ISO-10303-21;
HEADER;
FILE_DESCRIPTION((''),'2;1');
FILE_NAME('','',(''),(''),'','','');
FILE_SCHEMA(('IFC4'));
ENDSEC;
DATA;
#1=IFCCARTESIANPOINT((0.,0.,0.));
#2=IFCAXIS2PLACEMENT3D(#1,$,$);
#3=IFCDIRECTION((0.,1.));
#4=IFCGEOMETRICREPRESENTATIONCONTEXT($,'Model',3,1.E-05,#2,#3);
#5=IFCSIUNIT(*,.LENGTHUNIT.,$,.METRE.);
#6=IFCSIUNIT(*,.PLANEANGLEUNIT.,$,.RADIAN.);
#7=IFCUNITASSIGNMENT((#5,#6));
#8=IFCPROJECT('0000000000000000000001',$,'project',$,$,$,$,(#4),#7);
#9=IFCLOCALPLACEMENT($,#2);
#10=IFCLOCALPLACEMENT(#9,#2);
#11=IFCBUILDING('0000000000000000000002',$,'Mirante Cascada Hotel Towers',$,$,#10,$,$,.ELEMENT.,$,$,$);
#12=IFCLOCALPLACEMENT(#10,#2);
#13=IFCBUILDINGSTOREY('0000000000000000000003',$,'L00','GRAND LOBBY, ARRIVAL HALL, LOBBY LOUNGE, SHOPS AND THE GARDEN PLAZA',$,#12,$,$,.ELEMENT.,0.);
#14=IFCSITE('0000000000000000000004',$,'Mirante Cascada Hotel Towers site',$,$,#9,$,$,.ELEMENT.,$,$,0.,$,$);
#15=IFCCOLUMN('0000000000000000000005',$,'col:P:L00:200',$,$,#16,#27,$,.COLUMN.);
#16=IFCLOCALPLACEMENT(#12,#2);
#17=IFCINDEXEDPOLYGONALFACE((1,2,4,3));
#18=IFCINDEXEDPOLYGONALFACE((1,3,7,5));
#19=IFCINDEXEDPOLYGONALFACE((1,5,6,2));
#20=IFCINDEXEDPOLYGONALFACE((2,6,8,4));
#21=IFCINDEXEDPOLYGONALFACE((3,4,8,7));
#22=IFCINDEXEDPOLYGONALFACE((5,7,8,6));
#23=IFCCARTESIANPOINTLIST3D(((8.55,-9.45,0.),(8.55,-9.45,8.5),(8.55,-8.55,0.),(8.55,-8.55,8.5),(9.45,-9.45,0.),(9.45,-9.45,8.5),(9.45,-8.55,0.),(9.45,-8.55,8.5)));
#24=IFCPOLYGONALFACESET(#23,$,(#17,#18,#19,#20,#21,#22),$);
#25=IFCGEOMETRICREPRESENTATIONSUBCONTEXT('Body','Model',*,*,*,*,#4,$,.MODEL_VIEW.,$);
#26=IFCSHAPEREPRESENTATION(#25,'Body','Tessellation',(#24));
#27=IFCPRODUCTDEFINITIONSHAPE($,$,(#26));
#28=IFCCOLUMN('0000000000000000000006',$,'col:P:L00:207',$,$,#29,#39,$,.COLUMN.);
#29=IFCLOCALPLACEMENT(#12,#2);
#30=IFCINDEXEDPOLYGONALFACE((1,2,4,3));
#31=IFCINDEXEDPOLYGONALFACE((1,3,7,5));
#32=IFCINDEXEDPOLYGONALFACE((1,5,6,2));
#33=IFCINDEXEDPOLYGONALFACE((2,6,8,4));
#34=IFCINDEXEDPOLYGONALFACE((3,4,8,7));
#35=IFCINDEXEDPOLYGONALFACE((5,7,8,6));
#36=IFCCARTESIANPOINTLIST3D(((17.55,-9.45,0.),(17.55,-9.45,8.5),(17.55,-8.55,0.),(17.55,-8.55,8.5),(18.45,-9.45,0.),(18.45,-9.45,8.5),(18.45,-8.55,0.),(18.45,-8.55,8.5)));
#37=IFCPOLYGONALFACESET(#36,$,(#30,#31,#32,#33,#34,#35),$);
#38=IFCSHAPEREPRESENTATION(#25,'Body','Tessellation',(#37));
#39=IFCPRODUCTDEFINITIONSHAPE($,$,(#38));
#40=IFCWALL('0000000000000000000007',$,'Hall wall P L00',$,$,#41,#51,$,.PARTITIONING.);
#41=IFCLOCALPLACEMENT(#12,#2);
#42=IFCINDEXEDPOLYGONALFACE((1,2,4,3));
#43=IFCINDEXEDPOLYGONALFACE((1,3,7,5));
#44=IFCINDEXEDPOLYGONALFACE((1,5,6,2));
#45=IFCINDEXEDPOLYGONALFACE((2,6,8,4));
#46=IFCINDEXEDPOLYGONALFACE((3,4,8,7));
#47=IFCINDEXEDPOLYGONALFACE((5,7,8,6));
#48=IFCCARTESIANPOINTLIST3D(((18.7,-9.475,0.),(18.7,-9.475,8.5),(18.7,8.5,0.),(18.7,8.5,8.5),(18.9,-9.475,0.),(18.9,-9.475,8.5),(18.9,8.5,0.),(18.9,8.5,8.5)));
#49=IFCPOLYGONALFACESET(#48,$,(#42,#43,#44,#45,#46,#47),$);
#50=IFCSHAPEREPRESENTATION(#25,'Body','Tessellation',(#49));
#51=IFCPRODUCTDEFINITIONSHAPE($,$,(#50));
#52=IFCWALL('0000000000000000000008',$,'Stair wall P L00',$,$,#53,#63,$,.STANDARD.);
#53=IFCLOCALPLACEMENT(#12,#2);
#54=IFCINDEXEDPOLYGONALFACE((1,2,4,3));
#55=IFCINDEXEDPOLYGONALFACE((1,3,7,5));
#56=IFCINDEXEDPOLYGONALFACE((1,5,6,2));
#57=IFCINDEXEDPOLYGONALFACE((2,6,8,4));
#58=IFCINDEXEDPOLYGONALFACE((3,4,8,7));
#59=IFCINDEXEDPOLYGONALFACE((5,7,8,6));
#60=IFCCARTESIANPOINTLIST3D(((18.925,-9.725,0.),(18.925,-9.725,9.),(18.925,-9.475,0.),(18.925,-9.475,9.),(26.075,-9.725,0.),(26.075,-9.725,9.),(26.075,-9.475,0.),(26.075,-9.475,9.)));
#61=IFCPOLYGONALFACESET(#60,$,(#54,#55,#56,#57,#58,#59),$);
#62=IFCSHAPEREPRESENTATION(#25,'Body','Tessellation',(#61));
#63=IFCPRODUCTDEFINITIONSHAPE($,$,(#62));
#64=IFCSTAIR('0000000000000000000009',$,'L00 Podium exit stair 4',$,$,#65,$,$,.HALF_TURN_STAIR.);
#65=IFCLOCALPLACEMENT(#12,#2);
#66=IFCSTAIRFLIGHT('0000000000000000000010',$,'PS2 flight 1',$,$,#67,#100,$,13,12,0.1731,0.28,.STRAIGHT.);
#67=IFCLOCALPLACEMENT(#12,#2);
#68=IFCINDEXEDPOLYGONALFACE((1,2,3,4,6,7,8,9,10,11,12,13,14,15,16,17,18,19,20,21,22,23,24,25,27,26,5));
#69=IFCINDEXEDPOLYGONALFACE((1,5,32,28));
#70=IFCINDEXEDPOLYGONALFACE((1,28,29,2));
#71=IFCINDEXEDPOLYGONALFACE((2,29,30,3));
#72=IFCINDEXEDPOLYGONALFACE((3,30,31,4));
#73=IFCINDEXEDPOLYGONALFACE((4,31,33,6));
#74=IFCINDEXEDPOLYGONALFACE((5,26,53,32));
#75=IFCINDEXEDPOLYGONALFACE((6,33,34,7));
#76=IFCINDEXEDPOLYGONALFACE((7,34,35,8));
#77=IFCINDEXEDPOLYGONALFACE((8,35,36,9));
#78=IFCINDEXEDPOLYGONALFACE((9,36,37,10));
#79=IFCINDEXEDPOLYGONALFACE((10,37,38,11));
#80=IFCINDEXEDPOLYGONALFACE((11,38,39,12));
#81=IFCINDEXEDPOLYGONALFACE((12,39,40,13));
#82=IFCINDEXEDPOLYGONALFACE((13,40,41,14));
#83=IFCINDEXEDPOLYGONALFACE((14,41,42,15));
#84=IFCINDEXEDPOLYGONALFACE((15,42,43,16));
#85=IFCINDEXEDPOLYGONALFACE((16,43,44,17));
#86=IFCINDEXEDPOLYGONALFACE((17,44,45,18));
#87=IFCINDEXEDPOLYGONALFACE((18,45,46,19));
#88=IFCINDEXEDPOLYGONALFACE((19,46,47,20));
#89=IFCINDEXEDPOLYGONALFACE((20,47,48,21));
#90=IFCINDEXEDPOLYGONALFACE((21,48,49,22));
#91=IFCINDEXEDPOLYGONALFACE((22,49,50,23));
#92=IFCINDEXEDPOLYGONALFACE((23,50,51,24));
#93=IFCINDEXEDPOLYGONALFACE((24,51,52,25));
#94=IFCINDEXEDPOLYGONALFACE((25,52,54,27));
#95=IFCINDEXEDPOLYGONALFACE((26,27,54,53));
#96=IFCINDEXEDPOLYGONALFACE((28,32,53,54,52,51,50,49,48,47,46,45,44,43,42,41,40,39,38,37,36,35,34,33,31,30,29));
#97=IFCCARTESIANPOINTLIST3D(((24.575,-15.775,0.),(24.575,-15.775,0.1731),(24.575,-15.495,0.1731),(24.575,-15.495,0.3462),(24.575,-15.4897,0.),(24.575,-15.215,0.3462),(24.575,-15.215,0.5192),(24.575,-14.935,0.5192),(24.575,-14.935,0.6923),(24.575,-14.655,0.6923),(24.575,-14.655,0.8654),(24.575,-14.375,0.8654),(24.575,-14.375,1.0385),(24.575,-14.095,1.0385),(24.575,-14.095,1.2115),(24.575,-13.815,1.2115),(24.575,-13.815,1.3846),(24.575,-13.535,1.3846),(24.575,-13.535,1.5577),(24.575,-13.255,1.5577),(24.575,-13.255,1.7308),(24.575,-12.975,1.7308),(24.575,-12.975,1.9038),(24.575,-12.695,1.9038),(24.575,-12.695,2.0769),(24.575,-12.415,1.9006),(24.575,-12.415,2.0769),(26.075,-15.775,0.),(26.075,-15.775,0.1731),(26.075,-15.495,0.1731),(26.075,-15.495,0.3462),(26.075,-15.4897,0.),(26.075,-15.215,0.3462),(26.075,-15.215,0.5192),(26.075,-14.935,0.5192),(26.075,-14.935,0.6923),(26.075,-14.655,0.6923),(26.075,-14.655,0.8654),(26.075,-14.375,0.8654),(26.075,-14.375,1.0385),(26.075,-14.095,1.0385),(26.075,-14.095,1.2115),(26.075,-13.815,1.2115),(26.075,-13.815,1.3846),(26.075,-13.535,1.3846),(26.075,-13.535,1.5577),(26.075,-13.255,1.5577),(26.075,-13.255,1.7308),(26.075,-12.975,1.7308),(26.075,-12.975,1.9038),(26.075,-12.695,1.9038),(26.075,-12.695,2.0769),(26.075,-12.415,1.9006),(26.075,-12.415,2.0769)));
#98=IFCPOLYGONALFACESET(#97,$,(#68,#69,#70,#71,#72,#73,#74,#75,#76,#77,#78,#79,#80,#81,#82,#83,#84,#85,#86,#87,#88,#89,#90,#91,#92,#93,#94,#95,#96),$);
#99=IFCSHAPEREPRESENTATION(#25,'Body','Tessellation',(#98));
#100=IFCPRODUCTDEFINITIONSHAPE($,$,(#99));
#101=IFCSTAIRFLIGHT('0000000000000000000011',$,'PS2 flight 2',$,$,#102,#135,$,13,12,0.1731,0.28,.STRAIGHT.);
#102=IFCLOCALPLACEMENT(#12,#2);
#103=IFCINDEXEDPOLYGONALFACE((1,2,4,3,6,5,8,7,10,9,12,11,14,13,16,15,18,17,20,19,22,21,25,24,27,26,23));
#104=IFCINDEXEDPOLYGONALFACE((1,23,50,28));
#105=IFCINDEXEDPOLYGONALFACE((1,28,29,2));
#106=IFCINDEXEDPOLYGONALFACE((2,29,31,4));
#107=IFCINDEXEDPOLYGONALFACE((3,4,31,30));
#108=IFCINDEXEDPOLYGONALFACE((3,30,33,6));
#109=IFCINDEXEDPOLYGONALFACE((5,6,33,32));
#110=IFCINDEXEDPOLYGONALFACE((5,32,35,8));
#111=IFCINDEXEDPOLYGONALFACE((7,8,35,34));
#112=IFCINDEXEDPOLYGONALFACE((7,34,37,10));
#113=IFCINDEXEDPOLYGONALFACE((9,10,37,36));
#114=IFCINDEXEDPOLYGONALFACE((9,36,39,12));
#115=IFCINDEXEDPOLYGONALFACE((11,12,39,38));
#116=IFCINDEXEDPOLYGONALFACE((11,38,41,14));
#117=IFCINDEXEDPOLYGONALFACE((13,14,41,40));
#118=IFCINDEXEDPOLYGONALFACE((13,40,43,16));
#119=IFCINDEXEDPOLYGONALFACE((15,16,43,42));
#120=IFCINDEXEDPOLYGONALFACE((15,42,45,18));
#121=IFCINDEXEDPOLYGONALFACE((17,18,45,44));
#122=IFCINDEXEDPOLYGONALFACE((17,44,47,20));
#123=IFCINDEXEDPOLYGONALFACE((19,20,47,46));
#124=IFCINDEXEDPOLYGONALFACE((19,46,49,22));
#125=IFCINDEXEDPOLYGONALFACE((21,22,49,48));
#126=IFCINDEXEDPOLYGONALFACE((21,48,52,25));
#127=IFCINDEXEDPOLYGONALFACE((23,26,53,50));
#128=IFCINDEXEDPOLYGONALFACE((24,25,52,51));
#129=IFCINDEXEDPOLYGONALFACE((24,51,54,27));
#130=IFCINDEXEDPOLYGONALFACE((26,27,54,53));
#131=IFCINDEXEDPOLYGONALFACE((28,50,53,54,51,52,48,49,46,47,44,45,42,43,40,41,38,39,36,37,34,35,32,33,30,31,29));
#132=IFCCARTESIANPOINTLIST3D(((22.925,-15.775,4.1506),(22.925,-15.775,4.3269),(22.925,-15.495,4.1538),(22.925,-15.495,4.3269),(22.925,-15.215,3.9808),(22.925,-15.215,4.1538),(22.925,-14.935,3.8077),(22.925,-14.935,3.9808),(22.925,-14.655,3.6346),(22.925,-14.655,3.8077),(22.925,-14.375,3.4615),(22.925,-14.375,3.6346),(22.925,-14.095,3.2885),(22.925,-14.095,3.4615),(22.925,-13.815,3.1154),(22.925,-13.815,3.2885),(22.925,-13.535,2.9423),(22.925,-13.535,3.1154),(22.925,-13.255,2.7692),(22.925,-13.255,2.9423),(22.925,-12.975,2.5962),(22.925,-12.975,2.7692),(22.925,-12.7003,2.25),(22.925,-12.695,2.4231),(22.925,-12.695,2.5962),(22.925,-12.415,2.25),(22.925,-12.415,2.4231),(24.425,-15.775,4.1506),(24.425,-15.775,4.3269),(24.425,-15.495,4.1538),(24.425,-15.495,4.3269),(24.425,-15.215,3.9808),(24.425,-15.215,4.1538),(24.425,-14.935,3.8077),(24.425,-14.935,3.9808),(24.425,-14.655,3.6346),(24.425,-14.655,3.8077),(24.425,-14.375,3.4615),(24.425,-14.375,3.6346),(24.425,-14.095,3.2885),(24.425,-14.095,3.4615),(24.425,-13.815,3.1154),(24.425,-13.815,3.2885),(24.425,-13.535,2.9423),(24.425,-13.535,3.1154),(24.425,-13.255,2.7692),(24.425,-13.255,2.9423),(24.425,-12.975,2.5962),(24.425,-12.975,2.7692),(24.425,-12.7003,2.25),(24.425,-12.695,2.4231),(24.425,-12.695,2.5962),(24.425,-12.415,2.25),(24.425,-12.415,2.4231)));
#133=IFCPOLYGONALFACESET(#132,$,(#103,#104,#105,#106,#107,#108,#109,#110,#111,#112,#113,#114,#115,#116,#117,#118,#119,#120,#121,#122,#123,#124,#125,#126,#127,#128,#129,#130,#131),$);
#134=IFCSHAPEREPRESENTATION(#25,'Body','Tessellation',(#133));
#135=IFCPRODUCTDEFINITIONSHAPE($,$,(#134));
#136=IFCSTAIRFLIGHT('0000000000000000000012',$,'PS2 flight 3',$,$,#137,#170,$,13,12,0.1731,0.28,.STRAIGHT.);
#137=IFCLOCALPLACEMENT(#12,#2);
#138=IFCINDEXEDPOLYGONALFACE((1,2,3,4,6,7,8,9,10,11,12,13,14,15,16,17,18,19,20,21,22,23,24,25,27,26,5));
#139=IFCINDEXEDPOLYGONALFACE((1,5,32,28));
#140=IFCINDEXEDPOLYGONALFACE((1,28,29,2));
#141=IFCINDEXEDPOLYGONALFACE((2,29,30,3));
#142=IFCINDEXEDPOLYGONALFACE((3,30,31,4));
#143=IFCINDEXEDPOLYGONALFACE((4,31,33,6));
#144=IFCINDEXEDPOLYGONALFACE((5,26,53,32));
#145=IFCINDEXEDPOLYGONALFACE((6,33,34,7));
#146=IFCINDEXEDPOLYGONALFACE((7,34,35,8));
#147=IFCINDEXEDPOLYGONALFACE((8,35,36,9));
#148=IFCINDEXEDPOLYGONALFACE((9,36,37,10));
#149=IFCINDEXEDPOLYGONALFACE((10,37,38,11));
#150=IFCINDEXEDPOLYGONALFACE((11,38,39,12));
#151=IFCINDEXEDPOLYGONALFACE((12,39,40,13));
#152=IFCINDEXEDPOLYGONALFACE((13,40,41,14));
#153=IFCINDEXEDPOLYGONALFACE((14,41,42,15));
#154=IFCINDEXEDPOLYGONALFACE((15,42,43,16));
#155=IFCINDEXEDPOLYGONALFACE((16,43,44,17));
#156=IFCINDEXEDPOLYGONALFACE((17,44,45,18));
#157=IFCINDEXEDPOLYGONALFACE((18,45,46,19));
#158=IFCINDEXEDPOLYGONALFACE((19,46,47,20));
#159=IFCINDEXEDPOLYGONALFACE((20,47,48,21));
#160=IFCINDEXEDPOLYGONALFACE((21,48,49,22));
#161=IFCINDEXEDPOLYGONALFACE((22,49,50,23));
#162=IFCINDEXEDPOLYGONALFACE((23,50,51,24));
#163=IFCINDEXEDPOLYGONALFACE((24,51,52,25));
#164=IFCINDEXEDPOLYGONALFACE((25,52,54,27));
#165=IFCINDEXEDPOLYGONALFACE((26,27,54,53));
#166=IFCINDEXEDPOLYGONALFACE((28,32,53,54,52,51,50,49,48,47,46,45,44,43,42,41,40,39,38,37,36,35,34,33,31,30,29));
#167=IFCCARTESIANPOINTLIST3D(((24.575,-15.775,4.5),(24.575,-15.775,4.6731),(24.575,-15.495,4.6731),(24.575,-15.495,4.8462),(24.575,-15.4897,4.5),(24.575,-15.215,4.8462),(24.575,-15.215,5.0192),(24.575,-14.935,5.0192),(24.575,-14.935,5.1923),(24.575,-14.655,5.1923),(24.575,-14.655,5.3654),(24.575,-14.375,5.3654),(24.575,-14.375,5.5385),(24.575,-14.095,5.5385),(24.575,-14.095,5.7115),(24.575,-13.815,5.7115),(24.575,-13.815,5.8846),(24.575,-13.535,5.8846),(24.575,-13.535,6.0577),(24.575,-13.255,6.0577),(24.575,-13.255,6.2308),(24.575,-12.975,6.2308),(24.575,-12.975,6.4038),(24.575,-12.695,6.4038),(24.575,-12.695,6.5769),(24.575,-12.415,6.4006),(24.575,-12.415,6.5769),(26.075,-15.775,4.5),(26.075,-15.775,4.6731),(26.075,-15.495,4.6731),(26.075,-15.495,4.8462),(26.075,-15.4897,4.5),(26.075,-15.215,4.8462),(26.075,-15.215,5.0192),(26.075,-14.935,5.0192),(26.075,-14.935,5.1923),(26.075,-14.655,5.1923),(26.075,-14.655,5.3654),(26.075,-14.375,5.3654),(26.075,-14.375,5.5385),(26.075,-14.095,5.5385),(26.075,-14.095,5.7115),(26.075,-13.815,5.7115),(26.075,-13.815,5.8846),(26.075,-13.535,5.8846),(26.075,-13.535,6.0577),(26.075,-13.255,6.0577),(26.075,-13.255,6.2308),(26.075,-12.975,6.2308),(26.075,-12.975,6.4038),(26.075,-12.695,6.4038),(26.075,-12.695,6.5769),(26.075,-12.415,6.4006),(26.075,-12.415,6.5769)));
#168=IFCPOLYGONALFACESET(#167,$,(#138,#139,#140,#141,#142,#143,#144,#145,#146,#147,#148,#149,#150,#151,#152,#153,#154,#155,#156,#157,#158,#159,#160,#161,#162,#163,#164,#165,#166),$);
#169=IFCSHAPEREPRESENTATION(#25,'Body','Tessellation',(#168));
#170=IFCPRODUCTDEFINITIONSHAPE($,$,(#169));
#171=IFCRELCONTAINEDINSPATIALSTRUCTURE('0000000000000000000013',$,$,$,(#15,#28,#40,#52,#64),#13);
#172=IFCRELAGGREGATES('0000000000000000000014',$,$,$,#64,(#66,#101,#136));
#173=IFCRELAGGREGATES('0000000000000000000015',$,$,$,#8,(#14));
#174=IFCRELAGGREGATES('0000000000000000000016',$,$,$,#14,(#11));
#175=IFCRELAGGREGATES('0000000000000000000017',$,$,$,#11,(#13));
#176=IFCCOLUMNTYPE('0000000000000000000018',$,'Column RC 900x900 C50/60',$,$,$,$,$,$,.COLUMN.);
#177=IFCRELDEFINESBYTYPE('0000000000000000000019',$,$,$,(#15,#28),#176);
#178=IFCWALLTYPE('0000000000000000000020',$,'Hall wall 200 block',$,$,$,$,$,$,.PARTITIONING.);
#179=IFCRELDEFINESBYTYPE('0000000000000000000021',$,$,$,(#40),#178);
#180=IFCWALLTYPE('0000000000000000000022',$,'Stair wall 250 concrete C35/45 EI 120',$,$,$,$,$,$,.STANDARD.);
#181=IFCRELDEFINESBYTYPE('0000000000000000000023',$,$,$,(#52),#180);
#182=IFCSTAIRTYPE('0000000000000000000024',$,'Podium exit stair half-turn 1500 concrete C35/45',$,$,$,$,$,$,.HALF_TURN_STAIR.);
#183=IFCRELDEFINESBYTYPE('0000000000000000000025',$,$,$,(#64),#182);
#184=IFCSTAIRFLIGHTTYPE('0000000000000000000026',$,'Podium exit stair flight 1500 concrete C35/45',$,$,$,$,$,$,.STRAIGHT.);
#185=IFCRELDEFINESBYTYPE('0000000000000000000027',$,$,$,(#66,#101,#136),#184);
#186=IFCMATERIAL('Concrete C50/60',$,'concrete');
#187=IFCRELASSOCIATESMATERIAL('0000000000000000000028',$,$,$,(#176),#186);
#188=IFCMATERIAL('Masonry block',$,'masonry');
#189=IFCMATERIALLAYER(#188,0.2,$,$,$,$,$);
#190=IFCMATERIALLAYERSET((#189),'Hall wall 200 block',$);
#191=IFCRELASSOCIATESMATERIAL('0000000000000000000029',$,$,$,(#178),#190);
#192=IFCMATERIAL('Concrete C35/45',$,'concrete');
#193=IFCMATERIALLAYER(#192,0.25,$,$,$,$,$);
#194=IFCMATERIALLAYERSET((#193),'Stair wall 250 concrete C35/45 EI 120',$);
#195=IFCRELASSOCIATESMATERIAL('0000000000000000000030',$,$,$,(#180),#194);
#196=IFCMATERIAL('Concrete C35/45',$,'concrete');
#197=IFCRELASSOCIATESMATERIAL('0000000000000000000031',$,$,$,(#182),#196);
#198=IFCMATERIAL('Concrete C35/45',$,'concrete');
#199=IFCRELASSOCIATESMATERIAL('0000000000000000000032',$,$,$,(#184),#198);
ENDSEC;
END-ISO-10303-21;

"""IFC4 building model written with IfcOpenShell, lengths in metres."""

from ifc_helpers import new_model, si_unit, direction, frame, frame_2d, origin, origin_2d, place, context, subcontext, project, spatial, polyline, rectangle, outline, extrude, material, layer, layer_set, material_profile, profile_set, type_object, element, aggregate, save


model = new_model("IFC4")

# Units and contexts
model_context = context("Model", 3, precision=1e-05, world=origin(), true_north=direction((0.0, 1.0)))
body_context = subcontext(model_context, "Body", "Model", "MODEL_VIEW")
ifc_project = project(units=[si_unit("LENGTHUNIT", "METRE"), si_unit("PLANEANGLEUNIT", "RADIAN")], contexts=[model_context])

# Site, building, storey
site_placement = place(None, origin())
site = spatial("IfcSite", under=ifc_project, at=site_placement, Name="Mirante Cascada Hotel Towers site", CompositionType="ELEMENT", RefElevation=0.0)
building_placement = place(site_placement, origin())
building = spatial("IfcBuilding", under=site, at=building_placement, Name="Mirante Cascada Hotel Towers", CompositionType="ELEMENT")
storey_placement = place(building_placement, origin())
storey = spatial("IfcBuildingStorey", under=building, at=storey_placement, Name="L00", Description="GRAND LOBBY, ARRIVAL HALL, LOBBY LOUNGE, SHOPS AND THE GARDEN PLAZA", CompositionType="ELEMENT", Elevation=0.0)

# Columns
ifc_material_1 = material(Name="Concrete C50/60", Category="concrete")
ifc_material_profile = material_profile(ifc_material_1, rectangle(XDim=0.9, YDim=0.9, at=origin_2d()), Name="RC 900x900")
ifc_profile_set = profile_set([ifc_material_profile], Name="Concrete C50/60")
column_type = type_object("IfcColumnType", Name="Column RC 900x900 C50/60", PredefinedType="COLUMN", material=ifc_profile_set)
for number, where, z_axis, x_axis, name in (
    (1, (9.0, -9.0, 0.0), (0.0, 0.0, 1.0), (1.0, 0.0, 0.0), "col:P:L00:200"),
    (2, (18.0, -9.0, 0.0), (0.0, 0.0, 1.0), (1.0, 0.0, 0.0), "col:P:L00:207"),
):
    element("IfcColumn", number, at=place(storey_placement, frame(where, z_axis=z_axis, x_axis=x_axis)), inside=storey, type_object=column_type, Name=name, PredefinedType="COLUMN", context=body_context, shape_type="SweptSolid", body=[
        extrude(rectangle(XDim=0.9, YDim=0.9, at=origin_2d()), origin(), (0.0, 0.0, 1.0), 8.5),
    ])

# Walls
ifc_material_2 = material(Name="Masonry block", Category="masonry")
ifc_layer_1 = layer(ifc_material_2, 0.2)
ifc_layer_set_1 = layer_set([ifc_layer_1], Name="Hall wall 200 block")
wall_type_1 = type_object("IfcWallType", Name="Hall wall 200 block", PredefinedType="PARTITIONING", material=ifc_layer_set_1)
wall_1_placement = place(storey_placement, frame((18.8, -9.475, 0.0), z_axis=(0.0, 0.0, 1.0), x_axis=(0.0, 1.0, 0.0)))
element("IfcWall", 3, at=wall_1_placement, inside=storey, type_object=wall_type_1, Name="Hall wall P L00", PredefinedType="PARTITIONING", context=body_context, shape_type="SweptSolid", body=[
    extrude(rectangle(XDim=17.975, YDim=0.2, at=frame_2d((8.9875, 0.0))), origin(), (0.0, 0.0, 1.0), 8.5),
])
ifc_material_3 = material(Name="Concrete C35/45", Category="concrete")
ifc_layer_2 = layer(ifc_material_3, 0.25)
ifc_layer_set_2 = layer_set([ifc_layer_2], Name="Stair wall 250 concrete C35/45 EI 120")
wall_type_2 = type_object("IfcWallType", Name="Stair wall 250 concrete C35/45 EI 120", PredefinedType="STANDARD", material=ifc_layer_set_2)
wall_2_placement = place(storey_placement, frame((18.925, -9.6, 0.0), z_axis=(0.0, 0.0, 1.0), x_axis=(1.0, 0.0, 0.0)))
element("IfcWall", 4, at=wall_2_placement, inside=storey, type_object=wall_type_2, Name="Stair wall P L00", PredefinedType="STANDARD", context=body_context, shape_type="SweptSolid", body=[
    extrude(rectangle(XDim=7.15, YDim=0.25, at=frame_2d((3.575, 0.0))), origin(), (0.0, 0.0, 1.0), 9.0),
])

# Stair, stair flights
ifc_material_4 = material(Name="Concrete C35/45", Category="concrete")
stair_type = type_object("IfcStairType", Name="Podium exit stair half-turn 1500 concrete C35/45", PredefinedType="HALF_TURN_STAIR", material=ifc_material_4)
stair_1_placement = place(storey_placement, origin())
stair_1 = element("IfcStair", 5, at=stair_1_placement, inside=storey, type_object=stair_type, Name="L00 Podium exit stair 4", PredefinedType="HALF_TURN_STAIR")
ifc_material_5 = material(Name="Concrete C35/45", Category="concrete")
stair_flight_type = type_object("IfcStairFlightType", Name="Podium exit stair flight 1500 concrete C35/45", PredefinedType="STRAIGHT", material=ifc_material_5)
stair_flight_1_placement = place(storey_placement, frame((25.325, -15.775, 0.0), z_axis=(0.0, 0.0, 1.0), x_axis=(0.0, 1.0, 0.0)))
stair_flight_1 = element("IfcStairFlight", 6, at=stair_flight_1_placement, type_object=stair_flight_type, Name="PS2 flight 1", NumberOfRisers=13, NumberOfTreads=12, PredefinedType="STRAIGHT", RiserHeight=0.1731, TreadLength=0.28, context=body_context, shape_type="SweptSolid", body=[
    extrude(outline(polyline([(0.0, 0.0), (0.0, 0.1731), (0.28, 0.1731), (0.28, 0.3462), (0.56, 0.3462), (0.56, 0.5192), (0.84, 0.5192), (0.84, 0.6923), (1.12, 0.6923), (1.12, 0.8654), (1.4, 0.8654), (1.4, 1.0385), (1.68, 1.0385), (1.68, 1.2115), (1.96, 1.2115), (1.96, 1.3846), (2.24, 1.3846), (2.24, 1.5577), (2.52, 1.5577), (2.52, 1.7308), (2.8, 1.7308), (2.8, 1.9038), (3.08, 1.9038), (3.08, 2.0769), (3.36, 2.0769), (3.36, 2.25), (3.36, 1.9006), (0.2853, 0.0), (0.0, 0.0)])), frame((0.0, 0.75, 0.0), z_axis=(0.0, -1.0, 0.0), x_axis=(1.0, 0.0, 0.0)), (0.0, 0.0, 1.0), 1.5),
])
stair_flight_2_placement = place(storey_placement, frame((23.675, -12.415, 2.25), z_axis=(0.0, 0.0, 1.0), x_axis=(0.0, -1.0, 0.0)))
stair_flight_2 = element("IfcStairFlight", 7, at=stair_flight_2_placement, type_object=stair_flight_type, Name="PS2 flight 2", NumberOfRisers=13, NumberOfTreads=12, PredefinedType="STRAIGHT", RiserHeight=0.1731, TreadLength=0.28, context=body_context, shape_type="SweptSolid", body=[
    extrude(outline(polyline([(0.0, 0.0), (0.0, 0.1731), (0.28, 0.1731), (0.28, 0.3462), (0.56, 0.3462), (0.56, 0.5192), (0.84, 0.5192), (0.84, 0.6923), (1.12, 0.6923), (1.12, 0.8654), (1.4, 0.8654), (1.4, 1.0385), (1.68, 1.0385), (1.68, 1.2115), (1.96, 1.2115), (1.96, 1.3846), (2.24, 1.3846), (2.24, 1.5577), (2.52, 1.5577), (2.52, 1.7308), (2.8, 1.7308), (2.8, 1.9038), (3.08, 1.9038), (3.08, 2.0769), (3.36, 2.0769), (3.36, 2.25), (3.36, 1.9006), (0.2853, 0.0), (0.0, 0.0)])), frame((0.0, 0.75, 0.0), z_axis=(0.0, -1.0, 0.0), x_axis=(1.0, 0.0, 0.0)), (0.0, 0.0, 1.0), 1.5),
])
stair_flight_3_placement = place(storey_placement, frame((25.325, -15.775, 4.5), z_axis=(0.0, 0.0, 1.0), x_axis=(0.0, 1.0, 0.0)))
stair_flight_3 = element("IfcStairFlight", 8, at=stair_flight_3_placement, type_object=stair_flight_type, Name="PS2 flight 3", NumberOfRisers=13, NumberOfTreads=12, PredefinedType="STRAIGHT", RiserHeight=0.1731, TreadLength=0.28, context=body_context, shape_type="SweptSolid", body=[
    extrude(outline(polyline([(0.0, 0.0), (0.0, 0.1731), (0.28, 0.1731), (0.28, 0.3462), (0.56, 0.3462), (0.56, 0.5192), (0.84, 0.5192), (0.84, 0.6923), (1.12, 0.6923), (1.12, 0.8654), (1.4, 0.8654), (1.4, 1.0385), (1.68, 1.0385), (1.68, 1.2115), (1.96, 1.2115), (1.96, 1.3846), (2.24, 1.3846), (2.24, 1.5577), (2.52, 1.5577), (2.52, 1.7308), (2.8, 1.7308), (2.8, 1.9038), (3.08, 1.9038), (3.08, 2.0769), (3.36, 2.0769), (3.36, 2.25), (3.36, 1.9006), (0.2853, 0.0), (0.0, 0.0)])), frame((0.0, 0.75, 0.0), z_axis=(0.0, -1.0, 0.0), x_axis=(1.0, 0.0, 0.0)), (0.0, 0.0, 1.0), 1.5),
])
aggregate(stair_1, [stair_flight_1, stair_flight_2, stair_flight_3])

save(model, "model.ifc")
